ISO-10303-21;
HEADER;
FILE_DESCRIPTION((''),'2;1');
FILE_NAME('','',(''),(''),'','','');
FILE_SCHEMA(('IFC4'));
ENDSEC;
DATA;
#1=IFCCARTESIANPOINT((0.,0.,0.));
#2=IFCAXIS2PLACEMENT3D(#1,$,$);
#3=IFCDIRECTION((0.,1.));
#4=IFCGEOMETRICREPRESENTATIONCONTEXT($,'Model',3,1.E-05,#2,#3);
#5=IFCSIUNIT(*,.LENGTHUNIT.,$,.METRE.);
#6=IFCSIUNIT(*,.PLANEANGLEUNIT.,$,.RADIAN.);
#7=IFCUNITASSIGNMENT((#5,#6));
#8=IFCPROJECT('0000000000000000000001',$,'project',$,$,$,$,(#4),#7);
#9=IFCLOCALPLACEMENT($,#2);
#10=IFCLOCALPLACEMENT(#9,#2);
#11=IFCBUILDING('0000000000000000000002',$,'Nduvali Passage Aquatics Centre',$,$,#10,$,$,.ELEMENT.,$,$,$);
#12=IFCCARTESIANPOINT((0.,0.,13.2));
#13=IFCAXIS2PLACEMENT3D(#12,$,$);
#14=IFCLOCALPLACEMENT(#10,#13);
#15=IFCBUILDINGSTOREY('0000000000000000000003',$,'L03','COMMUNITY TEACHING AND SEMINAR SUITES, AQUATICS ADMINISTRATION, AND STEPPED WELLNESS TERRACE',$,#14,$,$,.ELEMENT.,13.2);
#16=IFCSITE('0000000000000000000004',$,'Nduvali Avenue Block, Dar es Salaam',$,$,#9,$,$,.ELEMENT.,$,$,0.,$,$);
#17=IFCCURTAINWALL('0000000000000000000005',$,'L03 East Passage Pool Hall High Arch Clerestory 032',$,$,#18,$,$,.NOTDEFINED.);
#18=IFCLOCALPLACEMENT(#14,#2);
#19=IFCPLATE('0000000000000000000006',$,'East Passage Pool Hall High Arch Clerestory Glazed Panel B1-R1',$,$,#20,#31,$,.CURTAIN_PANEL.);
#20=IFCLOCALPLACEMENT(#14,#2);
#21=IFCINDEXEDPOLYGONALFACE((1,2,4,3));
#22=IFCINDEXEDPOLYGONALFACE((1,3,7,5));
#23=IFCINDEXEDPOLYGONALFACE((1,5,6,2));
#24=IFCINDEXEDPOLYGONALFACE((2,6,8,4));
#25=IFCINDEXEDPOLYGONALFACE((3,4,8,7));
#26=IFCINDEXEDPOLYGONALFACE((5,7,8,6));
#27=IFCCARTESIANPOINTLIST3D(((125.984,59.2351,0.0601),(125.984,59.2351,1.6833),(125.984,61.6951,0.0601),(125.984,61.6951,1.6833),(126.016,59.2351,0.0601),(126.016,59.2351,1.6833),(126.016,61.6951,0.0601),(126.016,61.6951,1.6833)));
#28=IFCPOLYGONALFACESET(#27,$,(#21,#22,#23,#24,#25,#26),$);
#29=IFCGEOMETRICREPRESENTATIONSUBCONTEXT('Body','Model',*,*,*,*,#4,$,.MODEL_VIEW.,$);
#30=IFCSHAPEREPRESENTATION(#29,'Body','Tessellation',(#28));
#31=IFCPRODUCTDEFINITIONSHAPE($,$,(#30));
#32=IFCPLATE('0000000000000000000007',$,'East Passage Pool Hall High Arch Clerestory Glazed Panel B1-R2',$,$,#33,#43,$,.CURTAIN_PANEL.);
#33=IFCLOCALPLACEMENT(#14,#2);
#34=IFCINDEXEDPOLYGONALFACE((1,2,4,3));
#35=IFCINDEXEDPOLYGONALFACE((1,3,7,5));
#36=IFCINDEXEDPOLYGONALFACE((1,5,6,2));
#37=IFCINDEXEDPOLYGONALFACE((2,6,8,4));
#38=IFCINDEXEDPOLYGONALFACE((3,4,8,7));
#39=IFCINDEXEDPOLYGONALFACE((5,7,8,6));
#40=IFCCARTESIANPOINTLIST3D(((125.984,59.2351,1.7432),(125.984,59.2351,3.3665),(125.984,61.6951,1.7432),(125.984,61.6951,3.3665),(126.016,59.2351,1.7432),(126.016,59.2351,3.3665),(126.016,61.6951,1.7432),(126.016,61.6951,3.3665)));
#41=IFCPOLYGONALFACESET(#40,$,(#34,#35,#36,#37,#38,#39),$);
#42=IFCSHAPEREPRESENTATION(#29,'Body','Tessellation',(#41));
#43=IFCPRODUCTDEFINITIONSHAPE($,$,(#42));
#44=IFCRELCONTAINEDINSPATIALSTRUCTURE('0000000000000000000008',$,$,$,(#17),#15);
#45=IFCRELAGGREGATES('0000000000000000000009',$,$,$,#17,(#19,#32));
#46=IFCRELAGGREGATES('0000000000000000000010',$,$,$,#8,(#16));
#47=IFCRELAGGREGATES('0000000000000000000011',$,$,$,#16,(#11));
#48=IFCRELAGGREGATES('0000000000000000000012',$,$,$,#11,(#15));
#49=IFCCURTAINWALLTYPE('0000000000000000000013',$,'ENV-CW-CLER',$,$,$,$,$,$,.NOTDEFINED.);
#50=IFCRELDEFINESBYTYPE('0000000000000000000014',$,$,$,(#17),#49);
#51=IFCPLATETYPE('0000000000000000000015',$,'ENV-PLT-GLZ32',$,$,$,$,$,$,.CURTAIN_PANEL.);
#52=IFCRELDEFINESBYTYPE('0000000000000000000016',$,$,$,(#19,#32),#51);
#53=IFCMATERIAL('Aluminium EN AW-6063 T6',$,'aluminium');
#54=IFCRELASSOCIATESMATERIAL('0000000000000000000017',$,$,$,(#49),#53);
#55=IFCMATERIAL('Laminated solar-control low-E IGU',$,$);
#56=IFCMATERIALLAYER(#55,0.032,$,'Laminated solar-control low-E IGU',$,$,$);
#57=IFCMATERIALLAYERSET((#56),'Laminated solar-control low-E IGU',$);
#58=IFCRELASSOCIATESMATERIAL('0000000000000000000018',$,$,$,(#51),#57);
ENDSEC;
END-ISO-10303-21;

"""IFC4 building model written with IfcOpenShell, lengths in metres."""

from ifc_helpers import new_model, si_unit, direction, frame, origin, origin_2d, place, context, subcontext, project, spatial, rectangle, extrude, material, layer, layer_set, type_object, element, aggregate, save


model = new_model("IFC4")

# Units and contexts
model_context = context("Model", 3, precision=1e-05, world=origin(), true_north=direction((0.0, 1.0)))
body_context = subcontext(model_context, "Body", "Model", "MODEL_VIEW")
ifc_project = project(units=[si_unit("LENGTHUNIT", "METRE"), si_unit("PLANEANGLEUNIT", "RADIAN")], contexts=[model_context])

# Site, building, storey
site_placement = place(None, origin())
site = spatial("IfcSite", under=ifc_project, at=site_placement, Name="Nduvali Avenue Block, Dar es Salaam", CompositionType="ELEMENT", RefElevation=0.0)
building_placement = place(site_placement, origin())
building = spatial("IfcBuilding", under=site, at=building_placement, Name="Nduvali Passage Aquatics Centre", CompositionType="ELEMENT")
storey_placement = place(building_placement, frame((0.0, 0.0, 13.2)))
storey = spatial("IfcBuildingStorey", under=building, at=storey_placement, Name="L03", Description="COMMUNITY TEACHING AND SEMINAR SUITES, AQUATICS ADMINISTRATION, AND STEPPED WELLNESS TERRACE", CompositionType="ELEMENT", Elevation=13.2)

# Curtain wall
ifc_material_1 = material(Name="Aluminium EN AW-6063 T6", Category="aluminium")
curtain_wall_type = type_object("IfcCurtainWallType", Name="ENV-CW-CLER", PredefinedType="NOTDEFINED", material=ifc_material_1)
curtain_wall_1_placement = place(storey_placement, origin())
curtain_wall_1 = element("IfcCurtainWall", 1, at=curtain_wall_1_placement, inside=storey, type_object=curtain_wall_type, Name="L03 East Passage Pool Hall High Arch Clerestory 032", PredefinedType="NOTDEFINED")

# Plates
ifc_material_2 = material(Name="Laminated solar-control low-E IGU")
ifc_layer = layer(ifc_material_2, 0.032, Name="Laminated solar-control low-E IGU")
ifc_layer_set = layer_set([ifc_layer], Name="Laminated solar-control low-E IGU")
plate_type = type_object("IfcPlateType", Name="ENV-PLT-GLZ32", PredefinedType="CURTAIN_PANEL", material=ifc_layer_set)
plate_1_placement = place(storey_placement, frame((126.0, 60.4651, 0.0601), z_axis=(0.0, 0.0, 1.0), x_axis=(0.0, 1.0, 0.0)))
plate_1 = element("IfcPlate", 2, at=plate_1_placement, type_object=plate_type, Name="East Passage Pool Hall High Arch Clerestory Glazed Panel B1-R1", PredefinedType="CURTAIN_PANEL", context=body_context, shape_type="SweptSolid", body=[
    extrude(rectangle(XDim=2.46, YDim=0.032, at=origin_2d()), origin(), (0.0, 0.0, 1.0), 1.6233),
])
plate_2_placement = place(storey_placement, frame((126.0, 60.4651, 1.7432), z_axis=(0.0, 0.0, 1.0), x_axis=(0.0, 1.0, 0.0)))
plate_2 = element("IfcPlate", 3, at=plate_2_placement, type_object=plate_type, Name="East Passage Pool Hall High Arch Clerestory Glazed Panel B1-R2", PredefinedType="CURTAIN_PANEL", context=body_context, shape_type="SweptSolid", body=[
    extrude(rectangle(XDim=2.46, YDim=0.032, at=origin_2d()), origin(), (0.0, 0.0, 1.0), 1.6233),
])
aggregate(curtain_wall_1, [plate_1, plate_2])

save(model, "model.ifc")
